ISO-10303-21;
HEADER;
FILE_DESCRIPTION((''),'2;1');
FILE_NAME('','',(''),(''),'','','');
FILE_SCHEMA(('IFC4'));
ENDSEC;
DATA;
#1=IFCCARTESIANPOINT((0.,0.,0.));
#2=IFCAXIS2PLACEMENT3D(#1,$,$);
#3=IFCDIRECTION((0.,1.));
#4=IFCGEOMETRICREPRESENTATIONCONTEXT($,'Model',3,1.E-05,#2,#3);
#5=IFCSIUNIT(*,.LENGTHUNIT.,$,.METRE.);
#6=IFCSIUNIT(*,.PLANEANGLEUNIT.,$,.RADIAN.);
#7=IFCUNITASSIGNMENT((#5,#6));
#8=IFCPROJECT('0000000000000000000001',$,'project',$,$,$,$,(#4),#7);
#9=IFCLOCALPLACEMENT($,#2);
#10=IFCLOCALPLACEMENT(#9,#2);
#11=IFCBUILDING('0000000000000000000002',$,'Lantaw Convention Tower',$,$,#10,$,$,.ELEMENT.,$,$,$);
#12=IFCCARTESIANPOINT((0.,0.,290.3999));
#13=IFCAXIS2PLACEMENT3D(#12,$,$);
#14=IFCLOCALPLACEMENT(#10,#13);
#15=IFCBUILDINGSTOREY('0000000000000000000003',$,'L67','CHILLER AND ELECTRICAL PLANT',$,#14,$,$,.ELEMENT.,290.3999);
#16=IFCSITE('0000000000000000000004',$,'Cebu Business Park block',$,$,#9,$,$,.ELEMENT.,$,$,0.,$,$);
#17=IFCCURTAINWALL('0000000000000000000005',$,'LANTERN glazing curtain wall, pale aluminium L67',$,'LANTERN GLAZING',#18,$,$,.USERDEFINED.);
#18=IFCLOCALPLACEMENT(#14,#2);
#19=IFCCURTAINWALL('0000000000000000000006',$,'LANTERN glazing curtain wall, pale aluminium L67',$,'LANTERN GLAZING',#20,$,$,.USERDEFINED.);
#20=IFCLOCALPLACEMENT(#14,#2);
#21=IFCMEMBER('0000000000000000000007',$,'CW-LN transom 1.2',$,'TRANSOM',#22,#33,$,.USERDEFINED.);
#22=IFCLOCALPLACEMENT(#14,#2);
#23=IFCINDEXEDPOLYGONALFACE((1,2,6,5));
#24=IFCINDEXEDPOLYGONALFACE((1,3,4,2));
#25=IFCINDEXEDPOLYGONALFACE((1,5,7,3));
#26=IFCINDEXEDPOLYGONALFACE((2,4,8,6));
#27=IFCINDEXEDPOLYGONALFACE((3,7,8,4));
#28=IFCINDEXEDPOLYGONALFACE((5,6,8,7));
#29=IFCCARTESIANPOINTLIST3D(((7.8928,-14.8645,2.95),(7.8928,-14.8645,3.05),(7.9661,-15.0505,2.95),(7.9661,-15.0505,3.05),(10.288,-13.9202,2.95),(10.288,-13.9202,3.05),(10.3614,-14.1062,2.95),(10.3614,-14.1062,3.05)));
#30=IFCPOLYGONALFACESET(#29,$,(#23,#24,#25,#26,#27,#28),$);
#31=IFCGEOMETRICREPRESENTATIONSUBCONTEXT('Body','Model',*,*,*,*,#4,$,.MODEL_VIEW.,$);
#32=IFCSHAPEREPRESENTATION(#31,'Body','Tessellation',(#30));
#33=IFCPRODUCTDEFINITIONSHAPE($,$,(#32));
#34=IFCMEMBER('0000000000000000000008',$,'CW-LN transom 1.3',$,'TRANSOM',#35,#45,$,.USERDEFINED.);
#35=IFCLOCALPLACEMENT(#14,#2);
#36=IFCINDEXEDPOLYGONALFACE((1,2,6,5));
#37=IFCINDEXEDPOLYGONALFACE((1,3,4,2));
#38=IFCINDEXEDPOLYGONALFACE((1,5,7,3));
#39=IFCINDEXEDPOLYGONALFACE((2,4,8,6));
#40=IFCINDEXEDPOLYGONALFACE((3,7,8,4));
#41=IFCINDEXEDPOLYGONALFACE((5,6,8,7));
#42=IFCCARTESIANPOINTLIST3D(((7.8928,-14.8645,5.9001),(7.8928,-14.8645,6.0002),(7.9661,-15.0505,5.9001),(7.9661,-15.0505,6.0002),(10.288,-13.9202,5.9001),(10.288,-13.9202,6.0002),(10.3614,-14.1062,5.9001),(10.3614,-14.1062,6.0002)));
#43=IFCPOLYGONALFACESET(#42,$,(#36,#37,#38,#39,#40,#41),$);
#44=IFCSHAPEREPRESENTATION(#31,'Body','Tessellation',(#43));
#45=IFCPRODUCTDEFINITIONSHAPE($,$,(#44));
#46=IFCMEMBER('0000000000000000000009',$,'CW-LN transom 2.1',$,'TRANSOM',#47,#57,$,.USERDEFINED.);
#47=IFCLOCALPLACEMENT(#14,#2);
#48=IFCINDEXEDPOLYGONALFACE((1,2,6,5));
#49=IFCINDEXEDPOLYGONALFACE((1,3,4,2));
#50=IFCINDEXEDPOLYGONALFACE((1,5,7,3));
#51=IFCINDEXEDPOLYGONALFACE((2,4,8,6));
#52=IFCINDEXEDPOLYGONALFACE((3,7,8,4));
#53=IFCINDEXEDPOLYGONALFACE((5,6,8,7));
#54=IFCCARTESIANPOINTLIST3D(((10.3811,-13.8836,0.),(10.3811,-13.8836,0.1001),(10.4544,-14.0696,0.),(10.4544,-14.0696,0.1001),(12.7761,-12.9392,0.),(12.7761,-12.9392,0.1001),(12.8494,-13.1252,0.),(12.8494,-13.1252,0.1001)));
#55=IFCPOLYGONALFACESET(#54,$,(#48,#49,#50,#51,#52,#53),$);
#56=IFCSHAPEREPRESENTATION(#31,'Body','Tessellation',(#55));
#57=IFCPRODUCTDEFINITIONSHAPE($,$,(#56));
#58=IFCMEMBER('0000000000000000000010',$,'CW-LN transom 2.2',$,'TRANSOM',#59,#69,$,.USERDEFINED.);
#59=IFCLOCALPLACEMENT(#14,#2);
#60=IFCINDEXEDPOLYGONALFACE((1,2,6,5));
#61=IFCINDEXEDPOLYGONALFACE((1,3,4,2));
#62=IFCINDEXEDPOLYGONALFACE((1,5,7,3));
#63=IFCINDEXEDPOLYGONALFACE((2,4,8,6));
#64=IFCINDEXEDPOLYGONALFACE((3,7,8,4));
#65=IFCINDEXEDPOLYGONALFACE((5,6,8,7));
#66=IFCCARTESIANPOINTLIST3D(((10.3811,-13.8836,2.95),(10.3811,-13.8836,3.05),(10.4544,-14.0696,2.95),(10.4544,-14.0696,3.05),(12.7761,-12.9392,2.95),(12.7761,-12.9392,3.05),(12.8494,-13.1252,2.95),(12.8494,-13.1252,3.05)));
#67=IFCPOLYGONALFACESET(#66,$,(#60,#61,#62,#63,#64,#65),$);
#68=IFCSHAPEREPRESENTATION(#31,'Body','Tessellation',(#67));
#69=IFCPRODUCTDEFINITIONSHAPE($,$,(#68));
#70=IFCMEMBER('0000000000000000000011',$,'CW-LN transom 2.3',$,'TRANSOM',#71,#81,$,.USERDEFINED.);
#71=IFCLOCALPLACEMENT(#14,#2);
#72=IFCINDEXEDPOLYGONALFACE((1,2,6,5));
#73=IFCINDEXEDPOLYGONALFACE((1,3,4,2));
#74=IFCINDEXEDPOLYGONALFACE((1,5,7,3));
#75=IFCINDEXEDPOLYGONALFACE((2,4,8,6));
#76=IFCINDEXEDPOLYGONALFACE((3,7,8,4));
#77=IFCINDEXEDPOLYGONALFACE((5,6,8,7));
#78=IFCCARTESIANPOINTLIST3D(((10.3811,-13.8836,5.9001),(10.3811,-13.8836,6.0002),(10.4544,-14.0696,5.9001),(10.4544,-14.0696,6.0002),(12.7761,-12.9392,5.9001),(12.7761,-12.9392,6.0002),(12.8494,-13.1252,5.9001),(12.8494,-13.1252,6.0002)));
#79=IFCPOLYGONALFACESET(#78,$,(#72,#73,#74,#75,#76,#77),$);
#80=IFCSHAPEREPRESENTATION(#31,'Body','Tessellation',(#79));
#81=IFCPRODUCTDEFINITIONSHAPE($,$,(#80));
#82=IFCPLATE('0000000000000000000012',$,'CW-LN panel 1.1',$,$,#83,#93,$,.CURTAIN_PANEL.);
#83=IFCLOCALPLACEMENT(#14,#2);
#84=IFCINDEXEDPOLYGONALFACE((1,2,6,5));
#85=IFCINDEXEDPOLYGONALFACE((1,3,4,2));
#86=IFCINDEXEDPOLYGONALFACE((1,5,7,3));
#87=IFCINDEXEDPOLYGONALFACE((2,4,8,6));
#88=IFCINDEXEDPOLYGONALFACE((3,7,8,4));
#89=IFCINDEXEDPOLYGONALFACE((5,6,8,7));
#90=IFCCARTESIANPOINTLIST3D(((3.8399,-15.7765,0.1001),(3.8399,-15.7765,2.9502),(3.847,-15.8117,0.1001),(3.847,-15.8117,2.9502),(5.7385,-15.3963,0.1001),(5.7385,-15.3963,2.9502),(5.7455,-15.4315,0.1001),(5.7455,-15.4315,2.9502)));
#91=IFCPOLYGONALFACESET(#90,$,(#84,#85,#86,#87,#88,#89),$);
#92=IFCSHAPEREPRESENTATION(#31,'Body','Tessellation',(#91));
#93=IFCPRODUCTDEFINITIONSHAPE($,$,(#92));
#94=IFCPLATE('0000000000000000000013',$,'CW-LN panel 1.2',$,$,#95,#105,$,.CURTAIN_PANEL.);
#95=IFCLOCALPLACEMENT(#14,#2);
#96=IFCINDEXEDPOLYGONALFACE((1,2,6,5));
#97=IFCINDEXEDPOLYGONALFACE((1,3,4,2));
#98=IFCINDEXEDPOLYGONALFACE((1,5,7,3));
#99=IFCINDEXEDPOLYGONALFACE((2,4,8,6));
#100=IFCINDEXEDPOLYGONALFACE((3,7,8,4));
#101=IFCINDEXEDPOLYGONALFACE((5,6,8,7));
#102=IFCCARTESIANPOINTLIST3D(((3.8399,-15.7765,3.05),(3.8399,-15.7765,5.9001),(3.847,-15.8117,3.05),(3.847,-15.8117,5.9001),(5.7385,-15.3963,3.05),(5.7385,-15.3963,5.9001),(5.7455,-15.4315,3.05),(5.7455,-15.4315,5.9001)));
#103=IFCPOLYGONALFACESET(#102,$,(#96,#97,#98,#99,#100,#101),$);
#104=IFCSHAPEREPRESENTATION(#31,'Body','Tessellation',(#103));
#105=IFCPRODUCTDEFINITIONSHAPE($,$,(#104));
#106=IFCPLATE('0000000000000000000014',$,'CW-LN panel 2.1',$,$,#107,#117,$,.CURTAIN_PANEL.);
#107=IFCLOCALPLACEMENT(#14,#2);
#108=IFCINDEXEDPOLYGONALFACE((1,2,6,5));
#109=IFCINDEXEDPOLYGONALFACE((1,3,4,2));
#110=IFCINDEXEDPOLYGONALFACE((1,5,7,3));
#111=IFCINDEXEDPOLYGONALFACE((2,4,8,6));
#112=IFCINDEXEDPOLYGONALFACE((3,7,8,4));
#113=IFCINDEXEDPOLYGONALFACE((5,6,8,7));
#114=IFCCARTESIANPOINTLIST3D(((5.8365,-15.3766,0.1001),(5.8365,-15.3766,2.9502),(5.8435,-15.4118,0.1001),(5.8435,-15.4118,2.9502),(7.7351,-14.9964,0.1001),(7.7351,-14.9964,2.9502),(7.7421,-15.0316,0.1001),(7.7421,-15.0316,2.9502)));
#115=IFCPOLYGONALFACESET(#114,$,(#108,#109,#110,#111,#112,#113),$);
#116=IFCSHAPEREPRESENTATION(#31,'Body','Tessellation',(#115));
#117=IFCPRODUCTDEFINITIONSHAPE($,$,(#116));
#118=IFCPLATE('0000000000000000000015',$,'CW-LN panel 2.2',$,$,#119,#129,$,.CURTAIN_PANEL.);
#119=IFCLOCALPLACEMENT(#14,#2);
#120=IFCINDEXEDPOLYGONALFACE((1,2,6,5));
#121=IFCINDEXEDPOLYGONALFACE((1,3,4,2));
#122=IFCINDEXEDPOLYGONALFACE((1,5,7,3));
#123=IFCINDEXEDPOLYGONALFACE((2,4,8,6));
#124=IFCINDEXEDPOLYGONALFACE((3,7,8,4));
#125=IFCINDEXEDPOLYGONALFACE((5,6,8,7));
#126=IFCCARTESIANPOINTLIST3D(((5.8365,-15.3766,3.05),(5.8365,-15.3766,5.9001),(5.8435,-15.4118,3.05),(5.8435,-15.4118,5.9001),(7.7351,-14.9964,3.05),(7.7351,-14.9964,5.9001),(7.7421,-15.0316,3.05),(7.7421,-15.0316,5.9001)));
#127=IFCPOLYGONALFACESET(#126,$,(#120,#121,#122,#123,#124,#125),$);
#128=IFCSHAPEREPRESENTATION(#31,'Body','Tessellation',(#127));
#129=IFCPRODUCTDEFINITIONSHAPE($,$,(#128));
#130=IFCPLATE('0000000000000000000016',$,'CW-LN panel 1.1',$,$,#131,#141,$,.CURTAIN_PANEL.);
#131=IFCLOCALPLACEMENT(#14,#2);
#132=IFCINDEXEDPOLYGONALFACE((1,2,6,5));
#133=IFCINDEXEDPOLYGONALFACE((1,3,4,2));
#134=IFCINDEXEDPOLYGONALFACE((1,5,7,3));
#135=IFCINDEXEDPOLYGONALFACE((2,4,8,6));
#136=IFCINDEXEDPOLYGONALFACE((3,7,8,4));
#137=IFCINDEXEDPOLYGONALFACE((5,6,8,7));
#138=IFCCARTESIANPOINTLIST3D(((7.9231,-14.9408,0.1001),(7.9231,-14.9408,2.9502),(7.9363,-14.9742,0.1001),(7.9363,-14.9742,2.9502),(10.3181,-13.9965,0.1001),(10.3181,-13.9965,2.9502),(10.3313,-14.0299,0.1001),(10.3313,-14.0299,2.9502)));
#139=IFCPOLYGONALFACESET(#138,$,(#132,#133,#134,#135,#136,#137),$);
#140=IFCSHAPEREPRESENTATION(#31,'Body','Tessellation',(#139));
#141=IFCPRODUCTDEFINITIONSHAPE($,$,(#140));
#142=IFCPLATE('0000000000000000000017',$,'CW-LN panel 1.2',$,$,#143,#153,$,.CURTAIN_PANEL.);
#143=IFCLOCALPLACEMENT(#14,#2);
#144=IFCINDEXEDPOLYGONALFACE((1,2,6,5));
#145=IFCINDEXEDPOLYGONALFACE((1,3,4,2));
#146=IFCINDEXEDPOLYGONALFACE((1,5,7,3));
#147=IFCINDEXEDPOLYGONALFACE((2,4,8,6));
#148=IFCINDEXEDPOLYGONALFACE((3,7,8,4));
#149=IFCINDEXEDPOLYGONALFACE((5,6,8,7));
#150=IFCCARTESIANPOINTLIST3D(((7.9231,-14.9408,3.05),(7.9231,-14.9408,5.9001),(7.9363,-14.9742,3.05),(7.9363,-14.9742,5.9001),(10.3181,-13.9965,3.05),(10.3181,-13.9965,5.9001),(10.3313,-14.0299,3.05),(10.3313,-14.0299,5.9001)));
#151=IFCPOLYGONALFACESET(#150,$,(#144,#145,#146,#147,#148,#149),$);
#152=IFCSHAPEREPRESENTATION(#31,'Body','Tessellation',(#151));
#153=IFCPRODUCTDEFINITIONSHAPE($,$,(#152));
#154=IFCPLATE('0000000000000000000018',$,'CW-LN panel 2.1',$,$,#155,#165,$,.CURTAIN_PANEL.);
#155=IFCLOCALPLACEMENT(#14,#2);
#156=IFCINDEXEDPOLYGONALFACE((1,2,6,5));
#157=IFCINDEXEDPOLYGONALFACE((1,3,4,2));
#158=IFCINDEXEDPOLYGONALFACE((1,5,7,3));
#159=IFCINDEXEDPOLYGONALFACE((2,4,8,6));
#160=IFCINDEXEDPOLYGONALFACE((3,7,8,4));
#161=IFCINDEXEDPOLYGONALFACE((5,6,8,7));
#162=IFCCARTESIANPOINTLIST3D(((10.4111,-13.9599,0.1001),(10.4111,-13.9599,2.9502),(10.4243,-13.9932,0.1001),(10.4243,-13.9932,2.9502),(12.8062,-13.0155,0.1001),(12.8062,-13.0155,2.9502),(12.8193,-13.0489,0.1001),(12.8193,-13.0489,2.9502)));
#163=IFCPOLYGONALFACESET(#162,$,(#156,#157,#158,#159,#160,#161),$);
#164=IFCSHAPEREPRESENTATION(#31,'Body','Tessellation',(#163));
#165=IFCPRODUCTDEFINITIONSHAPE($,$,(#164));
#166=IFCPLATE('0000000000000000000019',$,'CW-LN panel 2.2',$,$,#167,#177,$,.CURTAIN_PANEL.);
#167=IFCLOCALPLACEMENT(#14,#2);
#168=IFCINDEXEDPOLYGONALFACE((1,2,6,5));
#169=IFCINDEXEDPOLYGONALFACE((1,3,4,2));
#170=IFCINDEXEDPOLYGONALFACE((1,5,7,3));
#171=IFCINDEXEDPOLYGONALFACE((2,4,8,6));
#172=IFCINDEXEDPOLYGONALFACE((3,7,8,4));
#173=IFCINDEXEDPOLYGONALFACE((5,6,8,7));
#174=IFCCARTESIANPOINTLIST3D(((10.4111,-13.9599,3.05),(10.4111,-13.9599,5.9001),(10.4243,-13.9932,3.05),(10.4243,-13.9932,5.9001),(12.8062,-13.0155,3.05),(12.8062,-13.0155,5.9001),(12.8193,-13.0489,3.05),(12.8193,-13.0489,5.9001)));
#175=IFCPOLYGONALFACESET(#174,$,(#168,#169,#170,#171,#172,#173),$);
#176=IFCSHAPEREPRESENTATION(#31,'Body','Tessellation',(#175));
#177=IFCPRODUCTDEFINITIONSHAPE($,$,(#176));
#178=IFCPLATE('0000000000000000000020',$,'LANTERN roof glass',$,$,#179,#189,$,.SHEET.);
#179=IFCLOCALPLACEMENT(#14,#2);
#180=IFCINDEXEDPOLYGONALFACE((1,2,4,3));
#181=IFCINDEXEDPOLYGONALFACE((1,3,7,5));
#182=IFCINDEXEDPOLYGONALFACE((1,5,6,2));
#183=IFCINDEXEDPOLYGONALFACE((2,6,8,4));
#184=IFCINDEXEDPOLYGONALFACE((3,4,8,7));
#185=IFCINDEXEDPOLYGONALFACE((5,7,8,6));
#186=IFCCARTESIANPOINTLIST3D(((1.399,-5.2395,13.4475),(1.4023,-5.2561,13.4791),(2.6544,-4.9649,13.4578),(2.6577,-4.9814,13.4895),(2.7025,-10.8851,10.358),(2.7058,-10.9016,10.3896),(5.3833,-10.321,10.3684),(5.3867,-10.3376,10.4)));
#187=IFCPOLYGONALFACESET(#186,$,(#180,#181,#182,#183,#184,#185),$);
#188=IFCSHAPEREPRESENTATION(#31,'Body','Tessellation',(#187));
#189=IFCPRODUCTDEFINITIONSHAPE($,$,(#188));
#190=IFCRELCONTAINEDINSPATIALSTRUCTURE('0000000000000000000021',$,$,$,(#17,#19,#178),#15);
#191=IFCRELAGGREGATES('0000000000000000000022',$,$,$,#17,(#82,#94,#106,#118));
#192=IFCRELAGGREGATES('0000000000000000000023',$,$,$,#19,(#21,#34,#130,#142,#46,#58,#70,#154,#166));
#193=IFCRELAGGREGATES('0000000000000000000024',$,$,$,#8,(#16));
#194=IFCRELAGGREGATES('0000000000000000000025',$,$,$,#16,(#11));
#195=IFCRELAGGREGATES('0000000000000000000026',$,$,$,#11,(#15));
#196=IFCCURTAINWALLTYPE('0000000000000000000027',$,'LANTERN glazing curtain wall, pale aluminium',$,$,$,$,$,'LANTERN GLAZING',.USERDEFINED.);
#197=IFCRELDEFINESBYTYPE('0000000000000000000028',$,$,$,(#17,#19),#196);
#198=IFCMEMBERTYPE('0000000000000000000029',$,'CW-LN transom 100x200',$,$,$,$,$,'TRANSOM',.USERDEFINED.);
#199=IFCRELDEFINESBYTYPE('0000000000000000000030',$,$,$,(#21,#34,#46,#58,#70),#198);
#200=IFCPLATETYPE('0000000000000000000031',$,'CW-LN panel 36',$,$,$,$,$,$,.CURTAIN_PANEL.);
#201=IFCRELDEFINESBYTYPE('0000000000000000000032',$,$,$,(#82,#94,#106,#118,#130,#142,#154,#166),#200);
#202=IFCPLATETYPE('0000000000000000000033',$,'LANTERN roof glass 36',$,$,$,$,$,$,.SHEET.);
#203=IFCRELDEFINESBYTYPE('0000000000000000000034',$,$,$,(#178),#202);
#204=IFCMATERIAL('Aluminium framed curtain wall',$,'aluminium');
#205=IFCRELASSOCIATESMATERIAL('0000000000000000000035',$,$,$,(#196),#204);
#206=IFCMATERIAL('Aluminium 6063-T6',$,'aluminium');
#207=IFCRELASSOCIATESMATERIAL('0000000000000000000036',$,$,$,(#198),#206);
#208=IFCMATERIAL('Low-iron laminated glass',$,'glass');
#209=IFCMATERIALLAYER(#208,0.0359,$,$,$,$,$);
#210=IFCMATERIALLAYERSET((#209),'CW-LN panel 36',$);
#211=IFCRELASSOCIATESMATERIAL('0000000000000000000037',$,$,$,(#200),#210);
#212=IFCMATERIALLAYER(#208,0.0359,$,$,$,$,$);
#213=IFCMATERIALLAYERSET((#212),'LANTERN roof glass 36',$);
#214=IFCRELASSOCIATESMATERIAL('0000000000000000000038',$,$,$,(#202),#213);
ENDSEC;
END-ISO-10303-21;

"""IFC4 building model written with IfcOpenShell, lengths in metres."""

from ifc_helpers import new_model, si_unit, direction, frame, origin, origin_2d, place, context, subcontext, project, spatial, polyline, rectangle, outline, extrude, material, layer, layer_set, material_profile, profile_set, type_object, element, aggregate, save


model = new_model("IFC4")

# Units and contexts
model_context = context("Model", 3, precision=1e-05, world=origin(), true_north=direction((0.0, 1.0)))
body_context = subcontext(model_context, "Body", "Model", "MODEL_VIEW")
ifc_project = project(units=[si_unit("LENGTHUNIT", "METRE"), si_unit("PLANEANGLEUNIT", "RADIAN")], contexts=[model_context])

# Site, building, storey
site_placement = place(None, origin())
site = spatial("IfcSite", under=ifc_project, at=site_placement, Name="Cebu Business Park block", CompositionType="ELEMENT", RefElevation=0.0)
building_placement = place(site_placement, origin())
building = spatial("IfcBuilding", under=site, at=building_placement, Name="Lantaw Convention Tower", CompositionType="ELEMENT")
storey_placement = place(building_placement, frame((0.0, 0.0, 290.3999)))
storey = spatial("IfcBuildingStorey", under=building, at=storey_placement, Name="L67", Description="CHILLER AND ELECTRICAL PLANT", CompositionType="ELEMENT", Elevation=290.3999)

# Curtain walls
ifc_material_1 = material(Name="Aluminium framed curtain wall", Category="aluminium")
curtain_wall_type = type_object("IfcCurtainWallType", Name="LANTERN glazing curtain wall, pale aluminium", ElementType="LANTERN GLAZING", PredefinedType="USERDEFINED", material=ifc_material_1)
curtain_wall_1_placement = place(storey_placement, origin())
curtain_wall_1 = element("IfcCurtainWall", 1, at=curtain_wall_1_placement, inside=storey, type_object=curtain_wall_type, Name="LANTERN glazing curtain wall, pale aluminium L67", ObjectType="LANTERN GLAZING", PredefinedType="USERDEFINED")
ifc_material_2 = material(Name="Aluminium 6063-T6", Category="aluminium")
curtain_wall_2_placement = place(storey_placement, origin())
curtain_wall_2 = element("IfcCurtainWall", 2, at=curtain_wall_2_placement, inside=storey, type_object=curtain_wall_type, Name="LANTERN glazing curtain wall, pale aluminium L67", ObjectType="LANTERN GLAZING", PredefinedType="USERDEFINED")

# Members
ifc_material_profile_1 = material_profile(ifc_material_2, rectangle(XDim=0.2, YDim=0.1001, at=origin_2d()), Name="CW-LN transom 100x200")
ifc_profile_set_1 = profile_set([ifc_material_profile_1], Name="Aluminium 6063-T6")
member_type_1 = type_object("IfcMemberType", Name="CW-LN transom 100x200", ElementType="TRANSOM", PredefinedType="USERDEFINED", material=ifc_profile_set_1)
member_1_placement = place(storey_placement, frame((7.9294, -14.9575, 3.0), z_axis=(0.930309, 0.366776, 0.0), x_axis=(-0.366776, 0.930309, 0.0)))
member_1 = element("IfcMember", 3, at=member_1_placement, type_object=member_type_1, Name="CW-LN transom 1.2", ObjectType="TRANSOM", PredefinedType="USERDEFINED", context=body_context, shape_type="SweptSolid", body=[
    extrude(rectangle(XDim=0.2, YDim=0.1001, at=origin_2d()), origin(), (0.0, 0.0, 1.0), 2.5747),
])
member_2_placement = place(storey_placement, frame((7.9294, -14.9575, 5.9502), z_axis=(0.930309, 0.366776, 0.0), x_axis=(-0.366776, 0.930309, 0.0)))
member_2 = element("IfcMember", 4, at=member_2_placement, type_object=member_type_1, Name="CW-LN transom 1.3", ObjectType="TRANSOM", PredefinedType="USERDEFINED", context=body_context, shape_type="SweptSolid", body=[
    extrude(rectangle(XDim=0.2, YDim=0.1001, at=origin_2d()), origin(), (0.0, 0.0, 1.0), 2.5747),
])
member_3_placement = place(storey_placement, frame((10.4177, -13.9766, 0.05), z_axis=(0.930297, 0.366808, 0.0), x_axis=(-0.366808, 0.930297, 0.0)))
member_3 = element("IfcMember", 5, at=member_3_placement, type_object=member_type_1, Name="CW-LN transom 2.1", ObjectType="TRANSOM", PredefinedType="USERDEFINED", context=body_context, shape_type="SweptSolid", body=[
    extrude(rectangle(XDim=0.2, YDim=0.1001, at=origin_2d()), origin(), (0.0, 0.0, 1.0), 2.5745),
])
member_4_placement = place(storey_placement, frame((10.4177, -13.9766, 3.0), z_axis=(0.930297, 0.366808, 0.0), x_axis=(-0.366808, 0.930297, 0.0)))
member_4 = element("IfcMember", 6, at=member_4_placement, type_object=member_type_1, Name="CW-LN transom 2.2", ObjectType="TRANSOM", PredefinedType="USERDEFINED", context=body_context, shape_type="SweptSolid", body=[
    extrude(rectangle(XDim=0.2, YDim=0.1001, at=origin_2d()), origin(), (0.0, 0.0, 1.0), 2.5745),
])
member_5_placement = place(storey_placement, frame((10.4177, -13.9766, 5.9502), z_axis=(0.930297, 0.366808, 0.0), x_axis=(-0.366808, 0.930297, 0.0)))
member_5 = element("IfcMember", 7, at=member_5_placement, type_object=member_type_1, Name="CW-LN transom 2.3", ObjectType="TRANSOM", PredefinedType="USERDEFINED", context=body_context, shape_type="SweptSolid", body=[
    extrude(rectangle(XDim=0.2, YDim=0.1001, at=origin_2d()), origin(), (0.0, 0.0, 1.0), 2.5745),
])

# Plates
ifc_material_3 = material(Name="Low-iron laminated glass", Category="glass")
ifc_layer_1 = layer(ifc_material_3, 0.0359)
ifc_layer_set_1 = layer_set([ifc_layer_1], Name="CW-LN panel 36")
plate_type_1 = type_object("IfcPlateType", Name="CW-LN panel 36", PredefinedType="CURTAIN_PANEL", material=ifc_layer_set_1)
plate_1_placement = place(storey_placement, frame((4.7927, -15.604, 0.1001), z_axis=(0.0, 0.0, 1.0), x_axis=(0.98053, 0.196367, 0.0)))
plate_1 = element("IfcPlate", 8, at=plate_1_placement, type_object=plate_type_1, Name="CW-LN panel 1.1", PredefinedType="CURTAIN_PANEL", context=body_context, shape_type="SweptSolid", body=[
    extrude(rectangle(XDim=1.9363, YDim=0.0359, at=origin_2d()), origin(), (0.0, 0.0, 1.0), 2.8501),
])
plate_2_placement = place(storey_placement, frame((4.7927, -15.604, 3.05), z_axis=(0.0, 0.0, 1.0), x_axis=(0.98053, 0.196367, 0.0)))
plate_2 = element("IfcPlate", 9, at=plate_2_placement, type_object=plate_type_1, Name="CW-LN panel 1.2", PredefinedType="CURTAIN_PANEL", context=body_context, shape_type="SweptSolid", body=[
    extrude(rectangle(XDim=1.9363, YDim=0.0359, at=origin_2d()), origin(), (0.0, 0.0, 1.0), 2.8501),
])
plate_3_placement = place(storey_placement, frame((6.7893, -15.2041, 0.1001), z_axis=(0.0, 0.0, 1.0), x_axis=(0.98053, 0.196367, 0.0)))
plate_3 = element("IfcPlate", 10, at=plate_3_placement, type_object=plate_type_1, Name="CW-LN panel 2.1", PredefinedType="CURTAIN_PANEL", context=body_context, shape_type="SweptSolid", body=[
    extrude(rectangle(XDim=1.9363, YDim=0.0359, at=origin_2d()), origin(), (0.0, 0.0, 1.0), 2.8501),
])
plate_4_placement = place(storey_placement, frame((6.7893, -15.2041, 3.05), z_axis=(0.0, 0.0, 1.0), x_axis=(0.98053, 0.196367, 0.0)))
plate_4 = element("IfcPlate", 11, at=plate_4_placement, type_object=plate_type_1, Name="CW-LN panel 2.2", PredefinedType="CURTAIN_PANEL", context=body_context, shape_type="SweptSolid", body=[
    extrude(rectangle(XDim=1.9363, YDim=0.0359, at=origin_2d()), origin(), (0.0, 0.0, 1.0), 2.8501),
])
aggregate(curtain_wall_1, [plate_1, plate_2, plate_3, plate_4])
plate_5_placement = place(storey_placement, frame((9.1272, -14.4854, 0.1001), z_axis=(0.0, 0.0, 1.0), x_axis=(0.930299, 0.366802, 0.0)))
plate_5 = element("IfcPlate", 12, at=plate_5_placement, type_object=plate_type_1, Name="CW-LN panel 1.1", PredefinedType="CURTAIN_PANEL", context=body_context, shape_type="SweptSolid", body=[
    extrude(rectangle(XDim=2.5745, YDim=0.0359, at=origin_2d()), origin(), (0.0, 0.0, 1.0), 2.8501),
])
plate_6_placement = place(storey_placement, frame((9.1272, -14.4854, 3.05), z_axis=(0.0, 0.0, 1.0), x_axis=(0.930299, 0.366802, 0.0)))
plate_6 = element("IfcPlate", 13, at=plate_6_placement, type_object=plate_type_1, Name="CW-LN panel 1.2", PredefinedType="CURTAIN_PANEL", context=body_context, shape_type="SweptSolid", body=[
    extrude(rectangle(XDim=2.5745, YDim=0.0359, at=origin_2d()), origin(), (0.0, 0.0, 1.0), 2.8501),
])
plate_7_placement = place(storey_placement, frame((11.6152, -13.5044, 0.1001), z_axis=(0.0, 0.0, 1.0), x_axis=(0.930299, 0.366802, 0.0)))
plate_7 = element("IfcPlate", 14, at=plate_7_placement, type_object=plate_type_1, Name="CW-LN panel 2.1", PredefinedType="CURTAIN_PANEL", context=body_context, shape_type="SweptSolid", body=[
    extrude(rectangle(XDim=2.5745, YDim=0.0359, at=origin_2d()), origin(), (0.0, 0.0, 1.0), 2.8501),
])
plate_8_placement = place(storey_placement, frame((11.6152, -13.5044, 3.05), z_axis=(0.0, 0.0, 1.0), x_axis=(0.930299, 0.366802, 0.0)))
plate_8 = element("IfcPlate", 15, at=plate_8_placement, type_object=plate_type_1, Name="CW-LN panel 2.2", PredefinedType="CURTAIN_PANEL", context=body_context, shape_type="SweptSolid", body=[
    extrude(rectangle(XDim=2.5745, YDim=0.0359, at=origin_2d()), origin(), (0.0, 0.0, 1.0), 2.8501),
])
aggregate(curtain_wall_2, [member_1, member_2, plate_5, plate_6, member_3, member_4, member_5, plate_7, plate_8])

# Plate
ifc_layer_2 = layer(ifc_material_3, 0.0359)
ifc_layer_set_2 = layer_set([ifc_layer_2], Name="LANTERN roof glass 36")
plate_type_2 = type_object("IfcPlateType", Name="LANTERN roof glass 36", PredefinedType="SHEET", material=ifc_layer_set_2)
plate_9_placement = place(storey_placement, frame((2.7058, -10.9016, 10.3896), z_axis=(0.093614, -0.461234, 0.882326), x_axis=(0.978571, 0.205875, 0.003795)))
element("IfcPlate", 16, at=plate_9_placement, inside=storey, type_object=plate_type_2, Name="LANTERN roof glass", PredefinedType="SHEET", context=body_context, shape_type="SweptSolid", body=[
    extrude(outline(polyline([(0.0, 0.0), (2.7396, 0.0), (1.1835, 6.5772), (-0.1015, 6.5655), (0.0, 0.0)])), origin(), (0.0, 0.0, -1.0), 0.0359),
])

save(model, "model.ifc")
